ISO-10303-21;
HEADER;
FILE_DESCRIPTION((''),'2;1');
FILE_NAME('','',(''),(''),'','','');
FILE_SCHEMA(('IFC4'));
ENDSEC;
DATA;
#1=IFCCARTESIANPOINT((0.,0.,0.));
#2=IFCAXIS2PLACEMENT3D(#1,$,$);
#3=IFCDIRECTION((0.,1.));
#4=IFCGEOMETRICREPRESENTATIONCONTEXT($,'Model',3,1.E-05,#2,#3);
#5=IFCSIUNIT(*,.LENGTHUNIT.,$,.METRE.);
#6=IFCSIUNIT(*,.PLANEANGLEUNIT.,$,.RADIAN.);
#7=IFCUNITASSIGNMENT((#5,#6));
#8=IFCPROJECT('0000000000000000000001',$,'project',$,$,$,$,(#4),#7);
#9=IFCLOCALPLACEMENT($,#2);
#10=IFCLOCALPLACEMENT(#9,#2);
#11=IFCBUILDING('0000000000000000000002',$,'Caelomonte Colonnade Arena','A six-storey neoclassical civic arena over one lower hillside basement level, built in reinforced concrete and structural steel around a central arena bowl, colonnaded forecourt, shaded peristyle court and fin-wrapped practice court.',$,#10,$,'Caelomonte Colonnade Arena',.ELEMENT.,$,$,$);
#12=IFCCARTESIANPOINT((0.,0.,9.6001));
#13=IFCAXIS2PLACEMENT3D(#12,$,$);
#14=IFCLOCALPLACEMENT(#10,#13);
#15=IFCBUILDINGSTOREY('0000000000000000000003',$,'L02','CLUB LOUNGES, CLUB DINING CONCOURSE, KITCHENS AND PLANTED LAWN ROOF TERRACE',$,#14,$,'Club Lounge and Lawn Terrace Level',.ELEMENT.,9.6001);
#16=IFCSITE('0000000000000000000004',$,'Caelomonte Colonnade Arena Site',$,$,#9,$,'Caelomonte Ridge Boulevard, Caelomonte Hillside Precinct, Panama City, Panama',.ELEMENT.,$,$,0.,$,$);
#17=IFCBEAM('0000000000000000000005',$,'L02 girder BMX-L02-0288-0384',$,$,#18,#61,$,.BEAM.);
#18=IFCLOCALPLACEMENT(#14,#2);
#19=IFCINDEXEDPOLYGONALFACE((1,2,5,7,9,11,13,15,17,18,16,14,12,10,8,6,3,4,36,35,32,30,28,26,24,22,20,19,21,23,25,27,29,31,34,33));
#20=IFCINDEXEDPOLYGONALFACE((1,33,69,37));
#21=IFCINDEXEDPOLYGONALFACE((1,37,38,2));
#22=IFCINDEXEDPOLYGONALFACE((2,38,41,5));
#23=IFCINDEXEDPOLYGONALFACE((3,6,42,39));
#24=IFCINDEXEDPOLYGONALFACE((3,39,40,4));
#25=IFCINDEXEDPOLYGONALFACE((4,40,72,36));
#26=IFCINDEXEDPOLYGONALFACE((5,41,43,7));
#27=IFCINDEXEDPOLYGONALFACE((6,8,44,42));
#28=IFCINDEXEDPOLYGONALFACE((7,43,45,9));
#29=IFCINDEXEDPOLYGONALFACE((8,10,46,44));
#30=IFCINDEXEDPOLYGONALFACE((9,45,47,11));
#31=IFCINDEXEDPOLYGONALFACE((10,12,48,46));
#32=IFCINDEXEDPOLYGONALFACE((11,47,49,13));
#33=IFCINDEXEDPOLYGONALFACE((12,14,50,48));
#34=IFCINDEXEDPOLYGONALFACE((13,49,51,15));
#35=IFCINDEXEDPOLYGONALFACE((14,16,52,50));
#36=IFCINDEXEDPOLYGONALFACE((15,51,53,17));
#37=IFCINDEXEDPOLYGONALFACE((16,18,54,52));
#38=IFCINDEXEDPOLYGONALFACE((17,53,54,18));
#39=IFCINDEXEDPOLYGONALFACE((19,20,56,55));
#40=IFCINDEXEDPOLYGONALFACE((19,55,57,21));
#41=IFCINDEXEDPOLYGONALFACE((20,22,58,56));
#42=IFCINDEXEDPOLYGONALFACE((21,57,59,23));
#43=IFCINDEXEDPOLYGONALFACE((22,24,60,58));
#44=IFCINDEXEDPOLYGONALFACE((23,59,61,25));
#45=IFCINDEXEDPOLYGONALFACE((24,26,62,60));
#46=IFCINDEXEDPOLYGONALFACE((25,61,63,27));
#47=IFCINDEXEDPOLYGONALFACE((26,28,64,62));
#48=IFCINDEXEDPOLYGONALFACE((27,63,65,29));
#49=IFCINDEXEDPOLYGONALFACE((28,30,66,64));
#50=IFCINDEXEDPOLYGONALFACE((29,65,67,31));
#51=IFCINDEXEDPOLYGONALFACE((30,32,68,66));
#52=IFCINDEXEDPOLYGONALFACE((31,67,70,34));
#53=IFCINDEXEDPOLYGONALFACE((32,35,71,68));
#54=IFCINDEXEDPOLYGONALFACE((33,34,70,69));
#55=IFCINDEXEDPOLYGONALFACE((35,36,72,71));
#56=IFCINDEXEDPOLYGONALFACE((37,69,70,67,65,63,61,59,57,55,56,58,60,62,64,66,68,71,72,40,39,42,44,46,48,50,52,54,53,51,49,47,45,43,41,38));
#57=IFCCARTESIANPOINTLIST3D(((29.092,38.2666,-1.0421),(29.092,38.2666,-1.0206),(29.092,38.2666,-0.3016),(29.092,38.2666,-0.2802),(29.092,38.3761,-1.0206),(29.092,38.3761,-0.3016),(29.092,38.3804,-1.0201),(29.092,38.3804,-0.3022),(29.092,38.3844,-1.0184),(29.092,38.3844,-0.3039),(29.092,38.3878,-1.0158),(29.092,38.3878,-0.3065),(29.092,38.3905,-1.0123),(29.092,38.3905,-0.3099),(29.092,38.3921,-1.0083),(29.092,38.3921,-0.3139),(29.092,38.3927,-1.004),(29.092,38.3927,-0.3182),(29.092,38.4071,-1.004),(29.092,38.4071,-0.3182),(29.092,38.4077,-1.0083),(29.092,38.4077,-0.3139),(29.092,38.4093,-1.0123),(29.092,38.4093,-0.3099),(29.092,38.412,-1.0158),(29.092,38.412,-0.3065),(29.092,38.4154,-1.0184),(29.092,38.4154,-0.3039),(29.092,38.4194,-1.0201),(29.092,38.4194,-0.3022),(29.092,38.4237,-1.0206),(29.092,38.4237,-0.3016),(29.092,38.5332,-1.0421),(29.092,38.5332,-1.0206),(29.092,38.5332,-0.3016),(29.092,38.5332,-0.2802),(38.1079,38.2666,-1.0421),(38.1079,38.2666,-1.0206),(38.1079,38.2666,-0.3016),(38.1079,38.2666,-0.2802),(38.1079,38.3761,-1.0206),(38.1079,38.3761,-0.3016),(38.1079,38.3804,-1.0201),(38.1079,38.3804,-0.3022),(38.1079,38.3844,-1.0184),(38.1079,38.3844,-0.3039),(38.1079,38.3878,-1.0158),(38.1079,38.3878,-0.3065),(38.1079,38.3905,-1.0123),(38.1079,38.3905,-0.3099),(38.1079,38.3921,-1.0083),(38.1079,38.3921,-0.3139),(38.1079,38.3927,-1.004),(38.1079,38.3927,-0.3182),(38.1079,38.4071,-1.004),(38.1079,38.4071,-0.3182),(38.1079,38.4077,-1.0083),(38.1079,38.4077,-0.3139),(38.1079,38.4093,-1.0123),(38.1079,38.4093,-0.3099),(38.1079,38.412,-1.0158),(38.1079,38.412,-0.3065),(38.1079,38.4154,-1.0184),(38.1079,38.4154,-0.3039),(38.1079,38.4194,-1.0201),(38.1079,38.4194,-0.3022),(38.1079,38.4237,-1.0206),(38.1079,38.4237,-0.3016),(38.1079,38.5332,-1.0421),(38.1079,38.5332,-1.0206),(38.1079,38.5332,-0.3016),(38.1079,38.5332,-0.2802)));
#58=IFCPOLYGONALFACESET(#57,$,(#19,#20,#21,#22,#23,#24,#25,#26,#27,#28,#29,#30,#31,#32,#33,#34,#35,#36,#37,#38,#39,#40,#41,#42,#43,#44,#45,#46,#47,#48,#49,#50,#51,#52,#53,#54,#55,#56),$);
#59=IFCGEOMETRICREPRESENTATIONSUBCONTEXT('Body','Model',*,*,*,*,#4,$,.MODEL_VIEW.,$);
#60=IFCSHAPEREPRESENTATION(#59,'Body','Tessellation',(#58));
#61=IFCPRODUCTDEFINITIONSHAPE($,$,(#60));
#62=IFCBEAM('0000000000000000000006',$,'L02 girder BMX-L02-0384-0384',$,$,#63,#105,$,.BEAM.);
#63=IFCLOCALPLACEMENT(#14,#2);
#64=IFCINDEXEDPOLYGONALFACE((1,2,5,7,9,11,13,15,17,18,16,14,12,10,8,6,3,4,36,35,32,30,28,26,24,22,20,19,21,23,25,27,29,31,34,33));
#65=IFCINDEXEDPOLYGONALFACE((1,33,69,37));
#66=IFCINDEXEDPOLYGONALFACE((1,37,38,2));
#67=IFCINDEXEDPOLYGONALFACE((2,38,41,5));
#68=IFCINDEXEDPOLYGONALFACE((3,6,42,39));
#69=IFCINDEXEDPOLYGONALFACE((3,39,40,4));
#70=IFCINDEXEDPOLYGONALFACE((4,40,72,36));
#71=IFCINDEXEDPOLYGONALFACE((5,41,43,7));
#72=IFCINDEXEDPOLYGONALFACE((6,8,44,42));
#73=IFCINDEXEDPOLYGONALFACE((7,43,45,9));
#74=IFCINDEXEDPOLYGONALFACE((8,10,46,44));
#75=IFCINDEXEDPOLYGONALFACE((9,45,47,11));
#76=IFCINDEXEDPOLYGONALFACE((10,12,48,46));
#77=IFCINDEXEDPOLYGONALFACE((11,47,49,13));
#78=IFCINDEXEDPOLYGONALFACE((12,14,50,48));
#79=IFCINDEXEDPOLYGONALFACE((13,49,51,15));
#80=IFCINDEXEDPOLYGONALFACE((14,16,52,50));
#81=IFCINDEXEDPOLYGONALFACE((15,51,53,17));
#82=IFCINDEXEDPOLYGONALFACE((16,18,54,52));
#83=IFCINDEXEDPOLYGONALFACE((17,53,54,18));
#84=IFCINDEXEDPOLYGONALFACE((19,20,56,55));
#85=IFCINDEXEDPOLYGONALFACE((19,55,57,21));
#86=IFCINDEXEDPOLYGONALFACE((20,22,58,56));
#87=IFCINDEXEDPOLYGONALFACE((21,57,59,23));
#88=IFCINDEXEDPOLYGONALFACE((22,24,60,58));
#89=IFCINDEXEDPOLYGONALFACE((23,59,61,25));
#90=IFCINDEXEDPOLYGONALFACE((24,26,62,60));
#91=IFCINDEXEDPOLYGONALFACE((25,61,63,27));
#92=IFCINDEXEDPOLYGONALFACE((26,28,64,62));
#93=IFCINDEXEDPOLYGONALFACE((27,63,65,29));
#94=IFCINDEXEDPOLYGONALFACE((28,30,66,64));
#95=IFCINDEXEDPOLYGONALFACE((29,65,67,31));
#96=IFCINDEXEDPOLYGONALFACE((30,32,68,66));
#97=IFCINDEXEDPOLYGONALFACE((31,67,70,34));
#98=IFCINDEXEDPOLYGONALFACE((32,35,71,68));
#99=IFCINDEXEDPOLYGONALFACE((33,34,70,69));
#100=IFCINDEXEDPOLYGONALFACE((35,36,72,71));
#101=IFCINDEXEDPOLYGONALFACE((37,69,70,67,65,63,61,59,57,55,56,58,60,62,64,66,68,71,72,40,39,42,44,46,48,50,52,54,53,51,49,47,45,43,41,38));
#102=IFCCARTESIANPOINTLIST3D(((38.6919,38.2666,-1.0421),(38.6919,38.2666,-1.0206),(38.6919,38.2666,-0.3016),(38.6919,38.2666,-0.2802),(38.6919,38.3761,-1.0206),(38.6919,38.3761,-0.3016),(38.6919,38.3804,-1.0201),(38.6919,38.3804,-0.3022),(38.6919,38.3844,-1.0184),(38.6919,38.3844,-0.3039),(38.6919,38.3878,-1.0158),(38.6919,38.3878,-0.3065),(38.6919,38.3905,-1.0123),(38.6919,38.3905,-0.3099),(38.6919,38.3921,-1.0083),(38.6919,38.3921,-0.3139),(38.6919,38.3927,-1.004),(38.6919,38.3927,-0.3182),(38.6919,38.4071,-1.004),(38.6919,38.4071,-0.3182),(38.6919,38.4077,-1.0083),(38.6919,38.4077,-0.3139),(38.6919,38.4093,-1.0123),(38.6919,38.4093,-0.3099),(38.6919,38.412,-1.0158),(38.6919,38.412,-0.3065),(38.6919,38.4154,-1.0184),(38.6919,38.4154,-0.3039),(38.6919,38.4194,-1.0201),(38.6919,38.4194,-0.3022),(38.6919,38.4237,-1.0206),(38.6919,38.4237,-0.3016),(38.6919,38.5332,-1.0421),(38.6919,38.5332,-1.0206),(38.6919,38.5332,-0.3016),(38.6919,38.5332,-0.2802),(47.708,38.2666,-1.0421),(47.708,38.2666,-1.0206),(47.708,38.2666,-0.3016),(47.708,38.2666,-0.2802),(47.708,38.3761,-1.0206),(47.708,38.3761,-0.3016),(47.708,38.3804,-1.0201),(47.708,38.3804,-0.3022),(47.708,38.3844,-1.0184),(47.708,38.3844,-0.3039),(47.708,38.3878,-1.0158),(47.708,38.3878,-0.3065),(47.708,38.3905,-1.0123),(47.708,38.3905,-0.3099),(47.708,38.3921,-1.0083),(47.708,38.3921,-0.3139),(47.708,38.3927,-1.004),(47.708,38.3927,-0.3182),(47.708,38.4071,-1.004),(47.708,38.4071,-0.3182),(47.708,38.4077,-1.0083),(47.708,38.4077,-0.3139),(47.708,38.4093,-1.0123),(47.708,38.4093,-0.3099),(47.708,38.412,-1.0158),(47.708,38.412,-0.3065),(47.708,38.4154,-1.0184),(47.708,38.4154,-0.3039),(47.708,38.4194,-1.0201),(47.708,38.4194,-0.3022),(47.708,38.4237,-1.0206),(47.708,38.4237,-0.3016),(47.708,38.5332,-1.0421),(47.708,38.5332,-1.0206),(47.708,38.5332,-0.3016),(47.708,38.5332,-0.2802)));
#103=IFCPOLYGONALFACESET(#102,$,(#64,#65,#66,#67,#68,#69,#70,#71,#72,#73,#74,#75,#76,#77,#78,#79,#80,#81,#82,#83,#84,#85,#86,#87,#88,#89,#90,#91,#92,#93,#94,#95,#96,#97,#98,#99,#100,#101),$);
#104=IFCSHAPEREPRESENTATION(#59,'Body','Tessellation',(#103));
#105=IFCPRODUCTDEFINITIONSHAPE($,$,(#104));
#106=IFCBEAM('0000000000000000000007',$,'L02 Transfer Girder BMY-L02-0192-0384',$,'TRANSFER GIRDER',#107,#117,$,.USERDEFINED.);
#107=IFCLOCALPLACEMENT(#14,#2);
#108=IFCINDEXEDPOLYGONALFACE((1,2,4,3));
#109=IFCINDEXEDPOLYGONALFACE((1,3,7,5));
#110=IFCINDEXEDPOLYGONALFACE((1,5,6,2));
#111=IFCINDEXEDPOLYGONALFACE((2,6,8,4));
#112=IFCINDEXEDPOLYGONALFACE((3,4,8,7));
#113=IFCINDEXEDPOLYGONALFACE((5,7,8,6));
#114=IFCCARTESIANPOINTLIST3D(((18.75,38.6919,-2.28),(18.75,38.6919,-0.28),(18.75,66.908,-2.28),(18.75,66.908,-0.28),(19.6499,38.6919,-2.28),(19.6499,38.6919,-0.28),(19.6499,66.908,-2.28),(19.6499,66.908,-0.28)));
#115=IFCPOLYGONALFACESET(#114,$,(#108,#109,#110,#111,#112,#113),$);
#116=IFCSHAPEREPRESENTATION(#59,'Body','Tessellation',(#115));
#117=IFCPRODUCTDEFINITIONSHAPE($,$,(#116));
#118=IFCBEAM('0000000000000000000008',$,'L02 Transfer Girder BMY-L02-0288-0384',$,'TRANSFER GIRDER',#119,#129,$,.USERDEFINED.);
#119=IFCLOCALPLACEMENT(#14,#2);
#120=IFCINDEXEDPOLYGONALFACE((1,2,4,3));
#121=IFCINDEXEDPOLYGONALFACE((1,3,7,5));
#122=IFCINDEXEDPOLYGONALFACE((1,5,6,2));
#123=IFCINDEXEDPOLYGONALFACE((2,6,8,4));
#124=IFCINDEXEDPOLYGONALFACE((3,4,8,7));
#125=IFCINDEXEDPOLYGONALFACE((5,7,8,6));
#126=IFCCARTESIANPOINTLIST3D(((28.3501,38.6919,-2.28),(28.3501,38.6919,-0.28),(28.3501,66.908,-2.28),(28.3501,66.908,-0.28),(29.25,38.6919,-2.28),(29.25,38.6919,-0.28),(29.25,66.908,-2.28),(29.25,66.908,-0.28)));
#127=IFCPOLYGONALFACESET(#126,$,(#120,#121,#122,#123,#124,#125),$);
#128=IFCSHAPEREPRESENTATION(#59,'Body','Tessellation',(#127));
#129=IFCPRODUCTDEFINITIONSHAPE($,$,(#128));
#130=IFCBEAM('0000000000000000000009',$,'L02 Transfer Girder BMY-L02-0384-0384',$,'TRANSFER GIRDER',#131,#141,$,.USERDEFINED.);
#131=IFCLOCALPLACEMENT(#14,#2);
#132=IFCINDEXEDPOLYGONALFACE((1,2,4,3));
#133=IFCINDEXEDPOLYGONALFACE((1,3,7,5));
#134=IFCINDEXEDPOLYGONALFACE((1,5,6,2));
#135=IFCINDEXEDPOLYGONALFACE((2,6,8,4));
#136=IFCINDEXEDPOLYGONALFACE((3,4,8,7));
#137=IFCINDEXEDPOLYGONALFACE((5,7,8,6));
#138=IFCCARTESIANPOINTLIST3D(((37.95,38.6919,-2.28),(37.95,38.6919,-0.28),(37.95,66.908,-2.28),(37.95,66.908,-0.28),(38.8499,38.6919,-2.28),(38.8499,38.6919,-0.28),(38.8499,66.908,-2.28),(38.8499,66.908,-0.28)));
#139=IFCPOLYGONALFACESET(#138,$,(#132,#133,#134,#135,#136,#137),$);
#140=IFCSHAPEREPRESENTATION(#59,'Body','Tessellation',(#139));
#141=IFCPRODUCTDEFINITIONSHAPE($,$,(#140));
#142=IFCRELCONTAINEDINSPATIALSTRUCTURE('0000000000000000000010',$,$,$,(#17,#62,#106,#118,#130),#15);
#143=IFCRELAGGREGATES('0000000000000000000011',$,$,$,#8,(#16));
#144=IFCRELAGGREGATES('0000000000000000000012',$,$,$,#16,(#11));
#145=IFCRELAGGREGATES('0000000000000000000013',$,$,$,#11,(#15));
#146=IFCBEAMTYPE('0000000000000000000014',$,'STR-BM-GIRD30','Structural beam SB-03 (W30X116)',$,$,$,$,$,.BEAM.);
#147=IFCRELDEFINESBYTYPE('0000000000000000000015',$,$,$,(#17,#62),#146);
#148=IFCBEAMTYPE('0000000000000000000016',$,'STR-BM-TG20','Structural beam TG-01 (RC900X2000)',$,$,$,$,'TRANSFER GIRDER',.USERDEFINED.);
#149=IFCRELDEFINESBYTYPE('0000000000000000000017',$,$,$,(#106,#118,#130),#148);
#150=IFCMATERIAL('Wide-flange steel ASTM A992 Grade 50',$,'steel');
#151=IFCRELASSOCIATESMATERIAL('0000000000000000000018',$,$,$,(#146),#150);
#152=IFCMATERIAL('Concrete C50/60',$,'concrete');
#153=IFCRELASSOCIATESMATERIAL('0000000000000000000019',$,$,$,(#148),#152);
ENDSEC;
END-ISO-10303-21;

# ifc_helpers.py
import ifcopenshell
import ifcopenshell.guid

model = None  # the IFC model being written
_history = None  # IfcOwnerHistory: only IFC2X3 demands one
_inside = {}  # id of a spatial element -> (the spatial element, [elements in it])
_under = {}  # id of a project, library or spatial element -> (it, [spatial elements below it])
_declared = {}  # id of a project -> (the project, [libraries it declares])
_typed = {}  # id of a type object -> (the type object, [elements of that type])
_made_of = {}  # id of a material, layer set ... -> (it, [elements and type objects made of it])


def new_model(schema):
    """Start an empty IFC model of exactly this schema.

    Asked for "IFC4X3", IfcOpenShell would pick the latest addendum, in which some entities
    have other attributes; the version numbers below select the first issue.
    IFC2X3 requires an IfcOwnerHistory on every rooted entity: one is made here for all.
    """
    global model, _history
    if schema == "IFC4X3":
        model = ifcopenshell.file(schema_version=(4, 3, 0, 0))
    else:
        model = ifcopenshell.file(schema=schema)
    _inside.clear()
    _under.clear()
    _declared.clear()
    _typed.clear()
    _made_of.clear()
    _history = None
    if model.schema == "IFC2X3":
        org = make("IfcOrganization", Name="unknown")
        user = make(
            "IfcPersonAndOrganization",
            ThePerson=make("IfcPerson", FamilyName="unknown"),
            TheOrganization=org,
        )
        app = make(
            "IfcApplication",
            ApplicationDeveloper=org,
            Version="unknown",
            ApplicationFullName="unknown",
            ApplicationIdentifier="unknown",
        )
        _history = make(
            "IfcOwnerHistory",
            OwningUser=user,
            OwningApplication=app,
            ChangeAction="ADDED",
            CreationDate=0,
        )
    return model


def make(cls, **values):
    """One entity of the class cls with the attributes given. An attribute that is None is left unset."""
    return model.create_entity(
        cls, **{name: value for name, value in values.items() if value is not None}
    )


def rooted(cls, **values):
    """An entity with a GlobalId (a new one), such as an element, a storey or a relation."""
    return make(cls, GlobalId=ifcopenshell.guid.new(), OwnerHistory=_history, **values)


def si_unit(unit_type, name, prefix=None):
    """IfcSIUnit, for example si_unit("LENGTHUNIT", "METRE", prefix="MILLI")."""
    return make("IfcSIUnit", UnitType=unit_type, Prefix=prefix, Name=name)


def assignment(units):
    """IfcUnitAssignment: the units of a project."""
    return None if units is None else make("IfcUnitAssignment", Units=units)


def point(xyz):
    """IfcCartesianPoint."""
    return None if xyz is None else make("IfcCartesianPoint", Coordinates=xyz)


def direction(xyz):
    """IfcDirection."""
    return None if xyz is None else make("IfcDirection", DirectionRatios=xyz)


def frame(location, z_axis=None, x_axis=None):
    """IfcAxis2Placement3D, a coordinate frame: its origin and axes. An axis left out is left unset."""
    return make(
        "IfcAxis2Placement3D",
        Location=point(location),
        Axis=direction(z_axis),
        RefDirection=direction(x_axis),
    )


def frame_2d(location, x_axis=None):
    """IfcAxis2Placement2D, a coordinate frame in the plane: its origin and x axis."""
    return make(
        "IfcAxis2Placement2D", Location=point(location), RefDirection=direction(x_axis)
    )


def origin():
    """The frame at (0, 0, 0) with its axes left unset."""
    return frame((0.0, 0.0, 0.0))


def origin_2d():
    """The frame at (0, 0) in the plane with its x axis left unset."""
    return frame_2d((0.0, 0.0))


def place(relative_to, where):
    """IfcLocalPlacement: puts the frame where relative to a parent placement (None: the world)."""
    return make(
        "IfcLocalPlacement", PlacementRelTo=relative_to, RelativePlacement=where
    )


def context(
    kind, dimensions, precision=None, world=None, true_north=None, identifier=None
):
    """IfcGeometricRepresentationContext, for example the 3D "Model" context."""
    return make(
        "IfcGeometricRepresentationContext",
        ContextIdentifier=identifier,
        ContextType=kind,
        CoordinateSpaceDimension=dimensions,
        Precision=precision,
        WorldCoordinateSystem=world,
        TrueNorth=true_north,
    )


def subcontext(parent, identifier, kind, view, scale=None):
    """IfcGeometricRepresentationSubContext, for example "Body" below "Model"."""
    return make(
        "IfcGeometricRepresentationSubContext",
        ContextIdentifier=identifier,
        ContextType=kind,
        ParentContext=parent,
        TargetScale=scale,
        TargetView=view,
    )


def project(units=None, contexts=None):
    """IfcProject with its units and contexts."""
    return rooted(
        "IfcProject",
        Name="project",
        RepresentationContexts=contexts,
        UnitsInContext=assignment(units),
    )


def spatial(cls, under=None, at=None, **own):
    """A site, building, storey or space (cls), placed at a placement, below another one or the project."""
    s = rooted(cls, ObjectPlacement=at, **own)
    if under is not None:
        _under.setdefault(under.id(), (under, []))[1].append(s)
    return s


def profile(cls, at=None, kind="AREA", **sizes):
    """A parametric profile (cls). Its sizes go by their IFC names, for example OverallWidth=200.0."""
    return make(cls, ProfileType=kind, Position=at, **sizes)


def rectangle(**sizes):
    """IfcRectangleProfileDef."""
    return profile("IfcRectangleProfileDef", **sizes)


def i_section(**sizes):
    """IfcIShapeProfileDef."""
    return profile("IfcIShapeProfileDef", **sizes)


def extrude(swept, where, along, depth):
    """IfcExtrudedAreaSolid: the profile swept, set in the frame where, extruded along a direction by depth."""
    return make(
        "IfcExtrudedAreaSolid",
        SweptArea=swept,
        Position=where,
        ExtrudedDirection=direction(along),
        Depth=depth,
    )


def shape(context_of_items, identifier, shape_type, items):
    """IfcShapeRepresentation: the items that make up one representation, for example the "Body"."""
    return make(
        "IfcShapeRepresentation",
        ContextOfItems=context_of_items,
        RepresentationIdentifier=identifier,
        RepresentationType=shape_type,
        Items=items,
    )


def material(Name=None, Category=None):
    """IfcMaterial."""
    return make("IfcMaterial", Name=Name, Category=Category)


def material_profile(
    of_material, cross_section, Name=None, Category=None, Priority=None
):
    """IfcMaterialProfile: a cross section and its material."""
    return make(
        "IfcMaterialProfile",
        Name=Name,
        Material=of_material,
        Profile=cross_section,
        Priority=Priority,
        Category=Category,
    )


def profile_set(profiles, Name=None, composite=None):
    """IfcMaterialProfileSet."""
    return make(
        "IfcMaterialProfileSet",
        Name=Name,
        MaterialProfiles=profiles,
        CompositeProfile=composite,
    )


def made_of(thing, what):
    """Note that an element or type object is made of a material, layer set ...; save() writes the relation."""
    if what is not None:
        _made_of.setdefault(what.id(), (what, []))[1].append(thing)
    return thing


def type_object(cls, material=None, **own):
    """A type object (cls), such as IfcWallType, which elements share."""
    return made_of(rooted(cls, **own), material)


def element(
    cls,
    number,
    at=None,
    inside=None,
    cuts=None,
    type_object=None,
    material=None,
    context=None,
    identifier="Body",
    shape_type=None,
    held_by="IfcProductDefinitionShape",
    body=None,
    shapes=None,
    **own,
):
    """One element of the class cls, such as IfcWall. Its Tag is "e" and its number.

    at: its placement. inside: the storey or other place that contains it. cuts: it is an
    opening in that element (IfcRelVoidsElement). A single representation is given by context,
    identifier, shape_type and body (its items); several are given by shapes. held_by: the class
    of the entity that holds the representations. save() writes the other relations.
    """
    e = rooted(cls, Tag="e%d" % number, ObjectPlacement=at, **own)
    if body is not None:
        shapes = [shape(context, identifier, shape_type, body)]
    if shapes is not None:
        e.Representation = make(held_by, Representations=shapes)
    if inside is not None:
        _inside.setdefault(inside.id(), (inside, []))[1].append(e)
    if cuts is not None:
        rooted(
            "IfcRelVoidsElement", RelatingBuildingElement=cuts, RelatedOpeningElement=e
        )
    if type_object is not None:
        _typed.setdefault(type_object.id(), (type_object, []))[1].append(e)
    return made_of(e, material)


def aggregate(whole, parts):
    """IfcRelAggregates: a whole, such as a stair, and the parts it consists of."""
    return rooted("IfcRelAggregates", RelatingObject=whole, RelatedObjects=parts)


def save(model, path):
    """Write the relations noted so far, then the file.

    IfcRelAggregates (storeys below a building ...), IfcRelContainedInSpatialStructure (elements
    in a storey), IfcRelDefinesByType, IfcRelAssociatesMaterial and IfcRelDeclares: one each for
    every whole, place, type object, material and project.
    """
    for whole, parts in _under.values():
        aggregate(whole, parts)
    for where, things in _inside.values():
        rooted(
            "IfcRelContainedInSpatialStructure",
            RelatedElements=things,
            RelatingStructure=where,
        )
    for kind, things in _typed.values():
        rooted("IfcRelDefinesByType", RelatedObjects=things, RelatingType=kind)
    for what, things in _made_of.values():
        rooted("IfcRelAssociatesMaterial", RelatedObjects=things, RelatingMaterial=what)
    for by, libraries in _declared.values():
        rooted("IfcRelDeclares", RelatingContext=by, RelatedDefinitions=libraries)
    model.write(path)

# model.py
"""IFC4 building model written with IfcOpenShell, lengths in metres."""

from ifc_helpers import new_model, si_unit, direction, frame, origin, origin_2d, place, context, subcontext, project, spatial, rectangle, i_section, extrude, material, material_profile, profile_set, type_object, element, save


model = new_model("IFC4")

# Units and contexts
model_context = context("Model", 3, precision=1e-05, world=origin(), true_north=direction((0.0, 1.0)))
body_context = subcontext(model_context, "Body", "Model", "MODEL_VIEW")
ifc_project = project(units=[si_unit("LENGTHUNIT", "METRE"), si_unit("PLANEANGLEUNIT", "RADIAN")], contexts=[model_context])

# Site, building, storey
site_placement = place(None, origin())
site = spatial("IfcSite", under=ifc_project, at=site_placement, Name="Caelomonte Colonnade Arena Site", LongName="Caelomonte Ridge Boulevard, Caelomonte Hillside Precinct, Panama City, Panama", CompositionType="ELEMENT", RefElevation=0.0)
building_placement = place(site_placement, origin())
building = spatial("IfcBuilding", under=site, at=building_placement, Name="Caelomonte Colonnade Arena", Description="A six-storey neoclassical civic arena over one lower hillside basement level, built in reinforced concrete and structural steel around a central arena bowl, colonnaded forecourt, shaded peristyle court and fin-wrapped practice court.", LongName="Caelomonte Colonnade Arena", CompositionType="ELEMENT")
storey_placement = place(building_placement, frame((0.0, 0.0, 9.6001)))
storey = spatial("IfcBuildingStorey", under=building, at=storey_placement, Name="L02", Description="CLUB LOUNGES, CLUB DINING CONCOURSE, KITCHENS AND PLANTED LAWN ROOF TERRACE", LongName="Club Lounge and Lawn Terrace Level", CompositionType="ELEMENT", Elevation=9.6001)

# Beams
ifc_material_1 = material(Name="Wide-flange steel ASTM A992 Grade 50", Category="steel")
ifc_material_profile_1 = material_profile(ifc_material_1, i_section(OverallWidth=0.2666, OverallDepth=0.762, WebThickness=0.0144, FlangeThickness=0.0215, FilletRadius=0.0166, at=origin_2d()), Name="W30X116")
ifc_profile_set_1 = profile_set([ifc_material_profile_1], Name="Wide-flange steel ASTM A992 Grade 50")
beam_type_1 = type_object("IfcBeamType", Name="STR-BM-GIRD30", Description="Structural beam SB-03 (W30X116)", PredefinedType="BEAM", material=ifc_profile_set_1)
beam_1_placement = place(storey_placement, frame((29.092, 38.3999, -0.6611), z_axis=(1.0, 0.0, 0.0), x_axis=(0.0, 1.0, 0.0)))
element("IfcBeam", 1, at=beam_1_placement, inside=storey, type_object=beam_type_1, Name="L02 girder BMX-L02-0288-0384", PredefinedType="BEAM", context=body_context, shape_type="SweptSolid", body=[
    extrude(i_section(OverallWidth=0.2666, OverallDepth=0.762, WebThickness=0.0144, FlangeThickness=0.0215, FilletRadius=0.0166, at=origin_2d()), origin(), (0.0, 0.0, 1.0), 9.0159),
])
beam_2_placement = place(storey_placement, frame((38.6919, 38.3999, -0.6611), z_axis=(1.0, 0.0, 0.0), x_axis=(0.0, 1.0, 0.0)))
element("IfcBeam", 2, at=beam_2_placement, inside=storey, type_object=beam_type_1, Name="L02 girder BMX-L02-0384-0384", PredefinedType="BEAM", context=body_context, shape_type="SweptSolid", body=[
    extrude(i_section(OverallWidth=0.2666, OverallDepth=0.762, WebThickness=0.0144, FlangeThickness=0.0215, FilletRadius=0.0166, at=origin_2d()), origin(), (0.0, 0.0, 1.0), 9.0161),
])
ifc_material_2 = material(Name="Concrete C50/60", Category="concrete")
ifc_material_profile_2 = material_profile(ifc_material_2, rectangle(XDim=0.8999, YDim=2.0, at=origin_2d()), Name="RC900X2000")
ifc_profile_set_2 = profile_set([ifc_material_profile_2], Name="Concrete C50/60")
beam_type_2 = type_object("IfcBeamType", Name="STR-BM-TG20", Description="Structural beam TG-01 (RC900X2000)", ElementType="TRANSFER GIRDER", PredefinedType="USERDEFINED", material=ifc_profile_set_2)
for number, where, z_axis, x_axis, name in (
    (3, (19.2, 38.6919, -1.28), (0.0, 1.0, 0.0), (-1.0, 0.0, 0.0), "L02 Transfer Girder BMY-L02-0192-0384"),
    (4, (28.8, 38.6919, -1.28), (0.0, 1.0, 0.0), (-1.0, 0.0, 0.0), "L02 Transfer Girder BMY-L02-0288-0384"),
    (5, (38.3999, 38.6919, -1.28), (0.0, 1.0, 0.0), (-1.0, 0.0, 0.0), "L02 Transfer Girder BMY-L02-0384-0384"),
):
    element("IfcBeam", number, at=place(storey_placement, frame(where, z_axis=z_axis, x_axis=x_axis)), inside=storey, type_object=beam_type_2, Name=name, ObjectType="TRANSFER GIRDER", PredefinedType="USERDEFINED", context=body_context, shape_type="SweptSolid", body=[
        extrude(rectangle(XDim=0.8999, YDim=2.0, at=origin_2d()), origin(), (0.0, 0.0, 1.0), 28.2161),
    ])

save(model, "model.ifc")
